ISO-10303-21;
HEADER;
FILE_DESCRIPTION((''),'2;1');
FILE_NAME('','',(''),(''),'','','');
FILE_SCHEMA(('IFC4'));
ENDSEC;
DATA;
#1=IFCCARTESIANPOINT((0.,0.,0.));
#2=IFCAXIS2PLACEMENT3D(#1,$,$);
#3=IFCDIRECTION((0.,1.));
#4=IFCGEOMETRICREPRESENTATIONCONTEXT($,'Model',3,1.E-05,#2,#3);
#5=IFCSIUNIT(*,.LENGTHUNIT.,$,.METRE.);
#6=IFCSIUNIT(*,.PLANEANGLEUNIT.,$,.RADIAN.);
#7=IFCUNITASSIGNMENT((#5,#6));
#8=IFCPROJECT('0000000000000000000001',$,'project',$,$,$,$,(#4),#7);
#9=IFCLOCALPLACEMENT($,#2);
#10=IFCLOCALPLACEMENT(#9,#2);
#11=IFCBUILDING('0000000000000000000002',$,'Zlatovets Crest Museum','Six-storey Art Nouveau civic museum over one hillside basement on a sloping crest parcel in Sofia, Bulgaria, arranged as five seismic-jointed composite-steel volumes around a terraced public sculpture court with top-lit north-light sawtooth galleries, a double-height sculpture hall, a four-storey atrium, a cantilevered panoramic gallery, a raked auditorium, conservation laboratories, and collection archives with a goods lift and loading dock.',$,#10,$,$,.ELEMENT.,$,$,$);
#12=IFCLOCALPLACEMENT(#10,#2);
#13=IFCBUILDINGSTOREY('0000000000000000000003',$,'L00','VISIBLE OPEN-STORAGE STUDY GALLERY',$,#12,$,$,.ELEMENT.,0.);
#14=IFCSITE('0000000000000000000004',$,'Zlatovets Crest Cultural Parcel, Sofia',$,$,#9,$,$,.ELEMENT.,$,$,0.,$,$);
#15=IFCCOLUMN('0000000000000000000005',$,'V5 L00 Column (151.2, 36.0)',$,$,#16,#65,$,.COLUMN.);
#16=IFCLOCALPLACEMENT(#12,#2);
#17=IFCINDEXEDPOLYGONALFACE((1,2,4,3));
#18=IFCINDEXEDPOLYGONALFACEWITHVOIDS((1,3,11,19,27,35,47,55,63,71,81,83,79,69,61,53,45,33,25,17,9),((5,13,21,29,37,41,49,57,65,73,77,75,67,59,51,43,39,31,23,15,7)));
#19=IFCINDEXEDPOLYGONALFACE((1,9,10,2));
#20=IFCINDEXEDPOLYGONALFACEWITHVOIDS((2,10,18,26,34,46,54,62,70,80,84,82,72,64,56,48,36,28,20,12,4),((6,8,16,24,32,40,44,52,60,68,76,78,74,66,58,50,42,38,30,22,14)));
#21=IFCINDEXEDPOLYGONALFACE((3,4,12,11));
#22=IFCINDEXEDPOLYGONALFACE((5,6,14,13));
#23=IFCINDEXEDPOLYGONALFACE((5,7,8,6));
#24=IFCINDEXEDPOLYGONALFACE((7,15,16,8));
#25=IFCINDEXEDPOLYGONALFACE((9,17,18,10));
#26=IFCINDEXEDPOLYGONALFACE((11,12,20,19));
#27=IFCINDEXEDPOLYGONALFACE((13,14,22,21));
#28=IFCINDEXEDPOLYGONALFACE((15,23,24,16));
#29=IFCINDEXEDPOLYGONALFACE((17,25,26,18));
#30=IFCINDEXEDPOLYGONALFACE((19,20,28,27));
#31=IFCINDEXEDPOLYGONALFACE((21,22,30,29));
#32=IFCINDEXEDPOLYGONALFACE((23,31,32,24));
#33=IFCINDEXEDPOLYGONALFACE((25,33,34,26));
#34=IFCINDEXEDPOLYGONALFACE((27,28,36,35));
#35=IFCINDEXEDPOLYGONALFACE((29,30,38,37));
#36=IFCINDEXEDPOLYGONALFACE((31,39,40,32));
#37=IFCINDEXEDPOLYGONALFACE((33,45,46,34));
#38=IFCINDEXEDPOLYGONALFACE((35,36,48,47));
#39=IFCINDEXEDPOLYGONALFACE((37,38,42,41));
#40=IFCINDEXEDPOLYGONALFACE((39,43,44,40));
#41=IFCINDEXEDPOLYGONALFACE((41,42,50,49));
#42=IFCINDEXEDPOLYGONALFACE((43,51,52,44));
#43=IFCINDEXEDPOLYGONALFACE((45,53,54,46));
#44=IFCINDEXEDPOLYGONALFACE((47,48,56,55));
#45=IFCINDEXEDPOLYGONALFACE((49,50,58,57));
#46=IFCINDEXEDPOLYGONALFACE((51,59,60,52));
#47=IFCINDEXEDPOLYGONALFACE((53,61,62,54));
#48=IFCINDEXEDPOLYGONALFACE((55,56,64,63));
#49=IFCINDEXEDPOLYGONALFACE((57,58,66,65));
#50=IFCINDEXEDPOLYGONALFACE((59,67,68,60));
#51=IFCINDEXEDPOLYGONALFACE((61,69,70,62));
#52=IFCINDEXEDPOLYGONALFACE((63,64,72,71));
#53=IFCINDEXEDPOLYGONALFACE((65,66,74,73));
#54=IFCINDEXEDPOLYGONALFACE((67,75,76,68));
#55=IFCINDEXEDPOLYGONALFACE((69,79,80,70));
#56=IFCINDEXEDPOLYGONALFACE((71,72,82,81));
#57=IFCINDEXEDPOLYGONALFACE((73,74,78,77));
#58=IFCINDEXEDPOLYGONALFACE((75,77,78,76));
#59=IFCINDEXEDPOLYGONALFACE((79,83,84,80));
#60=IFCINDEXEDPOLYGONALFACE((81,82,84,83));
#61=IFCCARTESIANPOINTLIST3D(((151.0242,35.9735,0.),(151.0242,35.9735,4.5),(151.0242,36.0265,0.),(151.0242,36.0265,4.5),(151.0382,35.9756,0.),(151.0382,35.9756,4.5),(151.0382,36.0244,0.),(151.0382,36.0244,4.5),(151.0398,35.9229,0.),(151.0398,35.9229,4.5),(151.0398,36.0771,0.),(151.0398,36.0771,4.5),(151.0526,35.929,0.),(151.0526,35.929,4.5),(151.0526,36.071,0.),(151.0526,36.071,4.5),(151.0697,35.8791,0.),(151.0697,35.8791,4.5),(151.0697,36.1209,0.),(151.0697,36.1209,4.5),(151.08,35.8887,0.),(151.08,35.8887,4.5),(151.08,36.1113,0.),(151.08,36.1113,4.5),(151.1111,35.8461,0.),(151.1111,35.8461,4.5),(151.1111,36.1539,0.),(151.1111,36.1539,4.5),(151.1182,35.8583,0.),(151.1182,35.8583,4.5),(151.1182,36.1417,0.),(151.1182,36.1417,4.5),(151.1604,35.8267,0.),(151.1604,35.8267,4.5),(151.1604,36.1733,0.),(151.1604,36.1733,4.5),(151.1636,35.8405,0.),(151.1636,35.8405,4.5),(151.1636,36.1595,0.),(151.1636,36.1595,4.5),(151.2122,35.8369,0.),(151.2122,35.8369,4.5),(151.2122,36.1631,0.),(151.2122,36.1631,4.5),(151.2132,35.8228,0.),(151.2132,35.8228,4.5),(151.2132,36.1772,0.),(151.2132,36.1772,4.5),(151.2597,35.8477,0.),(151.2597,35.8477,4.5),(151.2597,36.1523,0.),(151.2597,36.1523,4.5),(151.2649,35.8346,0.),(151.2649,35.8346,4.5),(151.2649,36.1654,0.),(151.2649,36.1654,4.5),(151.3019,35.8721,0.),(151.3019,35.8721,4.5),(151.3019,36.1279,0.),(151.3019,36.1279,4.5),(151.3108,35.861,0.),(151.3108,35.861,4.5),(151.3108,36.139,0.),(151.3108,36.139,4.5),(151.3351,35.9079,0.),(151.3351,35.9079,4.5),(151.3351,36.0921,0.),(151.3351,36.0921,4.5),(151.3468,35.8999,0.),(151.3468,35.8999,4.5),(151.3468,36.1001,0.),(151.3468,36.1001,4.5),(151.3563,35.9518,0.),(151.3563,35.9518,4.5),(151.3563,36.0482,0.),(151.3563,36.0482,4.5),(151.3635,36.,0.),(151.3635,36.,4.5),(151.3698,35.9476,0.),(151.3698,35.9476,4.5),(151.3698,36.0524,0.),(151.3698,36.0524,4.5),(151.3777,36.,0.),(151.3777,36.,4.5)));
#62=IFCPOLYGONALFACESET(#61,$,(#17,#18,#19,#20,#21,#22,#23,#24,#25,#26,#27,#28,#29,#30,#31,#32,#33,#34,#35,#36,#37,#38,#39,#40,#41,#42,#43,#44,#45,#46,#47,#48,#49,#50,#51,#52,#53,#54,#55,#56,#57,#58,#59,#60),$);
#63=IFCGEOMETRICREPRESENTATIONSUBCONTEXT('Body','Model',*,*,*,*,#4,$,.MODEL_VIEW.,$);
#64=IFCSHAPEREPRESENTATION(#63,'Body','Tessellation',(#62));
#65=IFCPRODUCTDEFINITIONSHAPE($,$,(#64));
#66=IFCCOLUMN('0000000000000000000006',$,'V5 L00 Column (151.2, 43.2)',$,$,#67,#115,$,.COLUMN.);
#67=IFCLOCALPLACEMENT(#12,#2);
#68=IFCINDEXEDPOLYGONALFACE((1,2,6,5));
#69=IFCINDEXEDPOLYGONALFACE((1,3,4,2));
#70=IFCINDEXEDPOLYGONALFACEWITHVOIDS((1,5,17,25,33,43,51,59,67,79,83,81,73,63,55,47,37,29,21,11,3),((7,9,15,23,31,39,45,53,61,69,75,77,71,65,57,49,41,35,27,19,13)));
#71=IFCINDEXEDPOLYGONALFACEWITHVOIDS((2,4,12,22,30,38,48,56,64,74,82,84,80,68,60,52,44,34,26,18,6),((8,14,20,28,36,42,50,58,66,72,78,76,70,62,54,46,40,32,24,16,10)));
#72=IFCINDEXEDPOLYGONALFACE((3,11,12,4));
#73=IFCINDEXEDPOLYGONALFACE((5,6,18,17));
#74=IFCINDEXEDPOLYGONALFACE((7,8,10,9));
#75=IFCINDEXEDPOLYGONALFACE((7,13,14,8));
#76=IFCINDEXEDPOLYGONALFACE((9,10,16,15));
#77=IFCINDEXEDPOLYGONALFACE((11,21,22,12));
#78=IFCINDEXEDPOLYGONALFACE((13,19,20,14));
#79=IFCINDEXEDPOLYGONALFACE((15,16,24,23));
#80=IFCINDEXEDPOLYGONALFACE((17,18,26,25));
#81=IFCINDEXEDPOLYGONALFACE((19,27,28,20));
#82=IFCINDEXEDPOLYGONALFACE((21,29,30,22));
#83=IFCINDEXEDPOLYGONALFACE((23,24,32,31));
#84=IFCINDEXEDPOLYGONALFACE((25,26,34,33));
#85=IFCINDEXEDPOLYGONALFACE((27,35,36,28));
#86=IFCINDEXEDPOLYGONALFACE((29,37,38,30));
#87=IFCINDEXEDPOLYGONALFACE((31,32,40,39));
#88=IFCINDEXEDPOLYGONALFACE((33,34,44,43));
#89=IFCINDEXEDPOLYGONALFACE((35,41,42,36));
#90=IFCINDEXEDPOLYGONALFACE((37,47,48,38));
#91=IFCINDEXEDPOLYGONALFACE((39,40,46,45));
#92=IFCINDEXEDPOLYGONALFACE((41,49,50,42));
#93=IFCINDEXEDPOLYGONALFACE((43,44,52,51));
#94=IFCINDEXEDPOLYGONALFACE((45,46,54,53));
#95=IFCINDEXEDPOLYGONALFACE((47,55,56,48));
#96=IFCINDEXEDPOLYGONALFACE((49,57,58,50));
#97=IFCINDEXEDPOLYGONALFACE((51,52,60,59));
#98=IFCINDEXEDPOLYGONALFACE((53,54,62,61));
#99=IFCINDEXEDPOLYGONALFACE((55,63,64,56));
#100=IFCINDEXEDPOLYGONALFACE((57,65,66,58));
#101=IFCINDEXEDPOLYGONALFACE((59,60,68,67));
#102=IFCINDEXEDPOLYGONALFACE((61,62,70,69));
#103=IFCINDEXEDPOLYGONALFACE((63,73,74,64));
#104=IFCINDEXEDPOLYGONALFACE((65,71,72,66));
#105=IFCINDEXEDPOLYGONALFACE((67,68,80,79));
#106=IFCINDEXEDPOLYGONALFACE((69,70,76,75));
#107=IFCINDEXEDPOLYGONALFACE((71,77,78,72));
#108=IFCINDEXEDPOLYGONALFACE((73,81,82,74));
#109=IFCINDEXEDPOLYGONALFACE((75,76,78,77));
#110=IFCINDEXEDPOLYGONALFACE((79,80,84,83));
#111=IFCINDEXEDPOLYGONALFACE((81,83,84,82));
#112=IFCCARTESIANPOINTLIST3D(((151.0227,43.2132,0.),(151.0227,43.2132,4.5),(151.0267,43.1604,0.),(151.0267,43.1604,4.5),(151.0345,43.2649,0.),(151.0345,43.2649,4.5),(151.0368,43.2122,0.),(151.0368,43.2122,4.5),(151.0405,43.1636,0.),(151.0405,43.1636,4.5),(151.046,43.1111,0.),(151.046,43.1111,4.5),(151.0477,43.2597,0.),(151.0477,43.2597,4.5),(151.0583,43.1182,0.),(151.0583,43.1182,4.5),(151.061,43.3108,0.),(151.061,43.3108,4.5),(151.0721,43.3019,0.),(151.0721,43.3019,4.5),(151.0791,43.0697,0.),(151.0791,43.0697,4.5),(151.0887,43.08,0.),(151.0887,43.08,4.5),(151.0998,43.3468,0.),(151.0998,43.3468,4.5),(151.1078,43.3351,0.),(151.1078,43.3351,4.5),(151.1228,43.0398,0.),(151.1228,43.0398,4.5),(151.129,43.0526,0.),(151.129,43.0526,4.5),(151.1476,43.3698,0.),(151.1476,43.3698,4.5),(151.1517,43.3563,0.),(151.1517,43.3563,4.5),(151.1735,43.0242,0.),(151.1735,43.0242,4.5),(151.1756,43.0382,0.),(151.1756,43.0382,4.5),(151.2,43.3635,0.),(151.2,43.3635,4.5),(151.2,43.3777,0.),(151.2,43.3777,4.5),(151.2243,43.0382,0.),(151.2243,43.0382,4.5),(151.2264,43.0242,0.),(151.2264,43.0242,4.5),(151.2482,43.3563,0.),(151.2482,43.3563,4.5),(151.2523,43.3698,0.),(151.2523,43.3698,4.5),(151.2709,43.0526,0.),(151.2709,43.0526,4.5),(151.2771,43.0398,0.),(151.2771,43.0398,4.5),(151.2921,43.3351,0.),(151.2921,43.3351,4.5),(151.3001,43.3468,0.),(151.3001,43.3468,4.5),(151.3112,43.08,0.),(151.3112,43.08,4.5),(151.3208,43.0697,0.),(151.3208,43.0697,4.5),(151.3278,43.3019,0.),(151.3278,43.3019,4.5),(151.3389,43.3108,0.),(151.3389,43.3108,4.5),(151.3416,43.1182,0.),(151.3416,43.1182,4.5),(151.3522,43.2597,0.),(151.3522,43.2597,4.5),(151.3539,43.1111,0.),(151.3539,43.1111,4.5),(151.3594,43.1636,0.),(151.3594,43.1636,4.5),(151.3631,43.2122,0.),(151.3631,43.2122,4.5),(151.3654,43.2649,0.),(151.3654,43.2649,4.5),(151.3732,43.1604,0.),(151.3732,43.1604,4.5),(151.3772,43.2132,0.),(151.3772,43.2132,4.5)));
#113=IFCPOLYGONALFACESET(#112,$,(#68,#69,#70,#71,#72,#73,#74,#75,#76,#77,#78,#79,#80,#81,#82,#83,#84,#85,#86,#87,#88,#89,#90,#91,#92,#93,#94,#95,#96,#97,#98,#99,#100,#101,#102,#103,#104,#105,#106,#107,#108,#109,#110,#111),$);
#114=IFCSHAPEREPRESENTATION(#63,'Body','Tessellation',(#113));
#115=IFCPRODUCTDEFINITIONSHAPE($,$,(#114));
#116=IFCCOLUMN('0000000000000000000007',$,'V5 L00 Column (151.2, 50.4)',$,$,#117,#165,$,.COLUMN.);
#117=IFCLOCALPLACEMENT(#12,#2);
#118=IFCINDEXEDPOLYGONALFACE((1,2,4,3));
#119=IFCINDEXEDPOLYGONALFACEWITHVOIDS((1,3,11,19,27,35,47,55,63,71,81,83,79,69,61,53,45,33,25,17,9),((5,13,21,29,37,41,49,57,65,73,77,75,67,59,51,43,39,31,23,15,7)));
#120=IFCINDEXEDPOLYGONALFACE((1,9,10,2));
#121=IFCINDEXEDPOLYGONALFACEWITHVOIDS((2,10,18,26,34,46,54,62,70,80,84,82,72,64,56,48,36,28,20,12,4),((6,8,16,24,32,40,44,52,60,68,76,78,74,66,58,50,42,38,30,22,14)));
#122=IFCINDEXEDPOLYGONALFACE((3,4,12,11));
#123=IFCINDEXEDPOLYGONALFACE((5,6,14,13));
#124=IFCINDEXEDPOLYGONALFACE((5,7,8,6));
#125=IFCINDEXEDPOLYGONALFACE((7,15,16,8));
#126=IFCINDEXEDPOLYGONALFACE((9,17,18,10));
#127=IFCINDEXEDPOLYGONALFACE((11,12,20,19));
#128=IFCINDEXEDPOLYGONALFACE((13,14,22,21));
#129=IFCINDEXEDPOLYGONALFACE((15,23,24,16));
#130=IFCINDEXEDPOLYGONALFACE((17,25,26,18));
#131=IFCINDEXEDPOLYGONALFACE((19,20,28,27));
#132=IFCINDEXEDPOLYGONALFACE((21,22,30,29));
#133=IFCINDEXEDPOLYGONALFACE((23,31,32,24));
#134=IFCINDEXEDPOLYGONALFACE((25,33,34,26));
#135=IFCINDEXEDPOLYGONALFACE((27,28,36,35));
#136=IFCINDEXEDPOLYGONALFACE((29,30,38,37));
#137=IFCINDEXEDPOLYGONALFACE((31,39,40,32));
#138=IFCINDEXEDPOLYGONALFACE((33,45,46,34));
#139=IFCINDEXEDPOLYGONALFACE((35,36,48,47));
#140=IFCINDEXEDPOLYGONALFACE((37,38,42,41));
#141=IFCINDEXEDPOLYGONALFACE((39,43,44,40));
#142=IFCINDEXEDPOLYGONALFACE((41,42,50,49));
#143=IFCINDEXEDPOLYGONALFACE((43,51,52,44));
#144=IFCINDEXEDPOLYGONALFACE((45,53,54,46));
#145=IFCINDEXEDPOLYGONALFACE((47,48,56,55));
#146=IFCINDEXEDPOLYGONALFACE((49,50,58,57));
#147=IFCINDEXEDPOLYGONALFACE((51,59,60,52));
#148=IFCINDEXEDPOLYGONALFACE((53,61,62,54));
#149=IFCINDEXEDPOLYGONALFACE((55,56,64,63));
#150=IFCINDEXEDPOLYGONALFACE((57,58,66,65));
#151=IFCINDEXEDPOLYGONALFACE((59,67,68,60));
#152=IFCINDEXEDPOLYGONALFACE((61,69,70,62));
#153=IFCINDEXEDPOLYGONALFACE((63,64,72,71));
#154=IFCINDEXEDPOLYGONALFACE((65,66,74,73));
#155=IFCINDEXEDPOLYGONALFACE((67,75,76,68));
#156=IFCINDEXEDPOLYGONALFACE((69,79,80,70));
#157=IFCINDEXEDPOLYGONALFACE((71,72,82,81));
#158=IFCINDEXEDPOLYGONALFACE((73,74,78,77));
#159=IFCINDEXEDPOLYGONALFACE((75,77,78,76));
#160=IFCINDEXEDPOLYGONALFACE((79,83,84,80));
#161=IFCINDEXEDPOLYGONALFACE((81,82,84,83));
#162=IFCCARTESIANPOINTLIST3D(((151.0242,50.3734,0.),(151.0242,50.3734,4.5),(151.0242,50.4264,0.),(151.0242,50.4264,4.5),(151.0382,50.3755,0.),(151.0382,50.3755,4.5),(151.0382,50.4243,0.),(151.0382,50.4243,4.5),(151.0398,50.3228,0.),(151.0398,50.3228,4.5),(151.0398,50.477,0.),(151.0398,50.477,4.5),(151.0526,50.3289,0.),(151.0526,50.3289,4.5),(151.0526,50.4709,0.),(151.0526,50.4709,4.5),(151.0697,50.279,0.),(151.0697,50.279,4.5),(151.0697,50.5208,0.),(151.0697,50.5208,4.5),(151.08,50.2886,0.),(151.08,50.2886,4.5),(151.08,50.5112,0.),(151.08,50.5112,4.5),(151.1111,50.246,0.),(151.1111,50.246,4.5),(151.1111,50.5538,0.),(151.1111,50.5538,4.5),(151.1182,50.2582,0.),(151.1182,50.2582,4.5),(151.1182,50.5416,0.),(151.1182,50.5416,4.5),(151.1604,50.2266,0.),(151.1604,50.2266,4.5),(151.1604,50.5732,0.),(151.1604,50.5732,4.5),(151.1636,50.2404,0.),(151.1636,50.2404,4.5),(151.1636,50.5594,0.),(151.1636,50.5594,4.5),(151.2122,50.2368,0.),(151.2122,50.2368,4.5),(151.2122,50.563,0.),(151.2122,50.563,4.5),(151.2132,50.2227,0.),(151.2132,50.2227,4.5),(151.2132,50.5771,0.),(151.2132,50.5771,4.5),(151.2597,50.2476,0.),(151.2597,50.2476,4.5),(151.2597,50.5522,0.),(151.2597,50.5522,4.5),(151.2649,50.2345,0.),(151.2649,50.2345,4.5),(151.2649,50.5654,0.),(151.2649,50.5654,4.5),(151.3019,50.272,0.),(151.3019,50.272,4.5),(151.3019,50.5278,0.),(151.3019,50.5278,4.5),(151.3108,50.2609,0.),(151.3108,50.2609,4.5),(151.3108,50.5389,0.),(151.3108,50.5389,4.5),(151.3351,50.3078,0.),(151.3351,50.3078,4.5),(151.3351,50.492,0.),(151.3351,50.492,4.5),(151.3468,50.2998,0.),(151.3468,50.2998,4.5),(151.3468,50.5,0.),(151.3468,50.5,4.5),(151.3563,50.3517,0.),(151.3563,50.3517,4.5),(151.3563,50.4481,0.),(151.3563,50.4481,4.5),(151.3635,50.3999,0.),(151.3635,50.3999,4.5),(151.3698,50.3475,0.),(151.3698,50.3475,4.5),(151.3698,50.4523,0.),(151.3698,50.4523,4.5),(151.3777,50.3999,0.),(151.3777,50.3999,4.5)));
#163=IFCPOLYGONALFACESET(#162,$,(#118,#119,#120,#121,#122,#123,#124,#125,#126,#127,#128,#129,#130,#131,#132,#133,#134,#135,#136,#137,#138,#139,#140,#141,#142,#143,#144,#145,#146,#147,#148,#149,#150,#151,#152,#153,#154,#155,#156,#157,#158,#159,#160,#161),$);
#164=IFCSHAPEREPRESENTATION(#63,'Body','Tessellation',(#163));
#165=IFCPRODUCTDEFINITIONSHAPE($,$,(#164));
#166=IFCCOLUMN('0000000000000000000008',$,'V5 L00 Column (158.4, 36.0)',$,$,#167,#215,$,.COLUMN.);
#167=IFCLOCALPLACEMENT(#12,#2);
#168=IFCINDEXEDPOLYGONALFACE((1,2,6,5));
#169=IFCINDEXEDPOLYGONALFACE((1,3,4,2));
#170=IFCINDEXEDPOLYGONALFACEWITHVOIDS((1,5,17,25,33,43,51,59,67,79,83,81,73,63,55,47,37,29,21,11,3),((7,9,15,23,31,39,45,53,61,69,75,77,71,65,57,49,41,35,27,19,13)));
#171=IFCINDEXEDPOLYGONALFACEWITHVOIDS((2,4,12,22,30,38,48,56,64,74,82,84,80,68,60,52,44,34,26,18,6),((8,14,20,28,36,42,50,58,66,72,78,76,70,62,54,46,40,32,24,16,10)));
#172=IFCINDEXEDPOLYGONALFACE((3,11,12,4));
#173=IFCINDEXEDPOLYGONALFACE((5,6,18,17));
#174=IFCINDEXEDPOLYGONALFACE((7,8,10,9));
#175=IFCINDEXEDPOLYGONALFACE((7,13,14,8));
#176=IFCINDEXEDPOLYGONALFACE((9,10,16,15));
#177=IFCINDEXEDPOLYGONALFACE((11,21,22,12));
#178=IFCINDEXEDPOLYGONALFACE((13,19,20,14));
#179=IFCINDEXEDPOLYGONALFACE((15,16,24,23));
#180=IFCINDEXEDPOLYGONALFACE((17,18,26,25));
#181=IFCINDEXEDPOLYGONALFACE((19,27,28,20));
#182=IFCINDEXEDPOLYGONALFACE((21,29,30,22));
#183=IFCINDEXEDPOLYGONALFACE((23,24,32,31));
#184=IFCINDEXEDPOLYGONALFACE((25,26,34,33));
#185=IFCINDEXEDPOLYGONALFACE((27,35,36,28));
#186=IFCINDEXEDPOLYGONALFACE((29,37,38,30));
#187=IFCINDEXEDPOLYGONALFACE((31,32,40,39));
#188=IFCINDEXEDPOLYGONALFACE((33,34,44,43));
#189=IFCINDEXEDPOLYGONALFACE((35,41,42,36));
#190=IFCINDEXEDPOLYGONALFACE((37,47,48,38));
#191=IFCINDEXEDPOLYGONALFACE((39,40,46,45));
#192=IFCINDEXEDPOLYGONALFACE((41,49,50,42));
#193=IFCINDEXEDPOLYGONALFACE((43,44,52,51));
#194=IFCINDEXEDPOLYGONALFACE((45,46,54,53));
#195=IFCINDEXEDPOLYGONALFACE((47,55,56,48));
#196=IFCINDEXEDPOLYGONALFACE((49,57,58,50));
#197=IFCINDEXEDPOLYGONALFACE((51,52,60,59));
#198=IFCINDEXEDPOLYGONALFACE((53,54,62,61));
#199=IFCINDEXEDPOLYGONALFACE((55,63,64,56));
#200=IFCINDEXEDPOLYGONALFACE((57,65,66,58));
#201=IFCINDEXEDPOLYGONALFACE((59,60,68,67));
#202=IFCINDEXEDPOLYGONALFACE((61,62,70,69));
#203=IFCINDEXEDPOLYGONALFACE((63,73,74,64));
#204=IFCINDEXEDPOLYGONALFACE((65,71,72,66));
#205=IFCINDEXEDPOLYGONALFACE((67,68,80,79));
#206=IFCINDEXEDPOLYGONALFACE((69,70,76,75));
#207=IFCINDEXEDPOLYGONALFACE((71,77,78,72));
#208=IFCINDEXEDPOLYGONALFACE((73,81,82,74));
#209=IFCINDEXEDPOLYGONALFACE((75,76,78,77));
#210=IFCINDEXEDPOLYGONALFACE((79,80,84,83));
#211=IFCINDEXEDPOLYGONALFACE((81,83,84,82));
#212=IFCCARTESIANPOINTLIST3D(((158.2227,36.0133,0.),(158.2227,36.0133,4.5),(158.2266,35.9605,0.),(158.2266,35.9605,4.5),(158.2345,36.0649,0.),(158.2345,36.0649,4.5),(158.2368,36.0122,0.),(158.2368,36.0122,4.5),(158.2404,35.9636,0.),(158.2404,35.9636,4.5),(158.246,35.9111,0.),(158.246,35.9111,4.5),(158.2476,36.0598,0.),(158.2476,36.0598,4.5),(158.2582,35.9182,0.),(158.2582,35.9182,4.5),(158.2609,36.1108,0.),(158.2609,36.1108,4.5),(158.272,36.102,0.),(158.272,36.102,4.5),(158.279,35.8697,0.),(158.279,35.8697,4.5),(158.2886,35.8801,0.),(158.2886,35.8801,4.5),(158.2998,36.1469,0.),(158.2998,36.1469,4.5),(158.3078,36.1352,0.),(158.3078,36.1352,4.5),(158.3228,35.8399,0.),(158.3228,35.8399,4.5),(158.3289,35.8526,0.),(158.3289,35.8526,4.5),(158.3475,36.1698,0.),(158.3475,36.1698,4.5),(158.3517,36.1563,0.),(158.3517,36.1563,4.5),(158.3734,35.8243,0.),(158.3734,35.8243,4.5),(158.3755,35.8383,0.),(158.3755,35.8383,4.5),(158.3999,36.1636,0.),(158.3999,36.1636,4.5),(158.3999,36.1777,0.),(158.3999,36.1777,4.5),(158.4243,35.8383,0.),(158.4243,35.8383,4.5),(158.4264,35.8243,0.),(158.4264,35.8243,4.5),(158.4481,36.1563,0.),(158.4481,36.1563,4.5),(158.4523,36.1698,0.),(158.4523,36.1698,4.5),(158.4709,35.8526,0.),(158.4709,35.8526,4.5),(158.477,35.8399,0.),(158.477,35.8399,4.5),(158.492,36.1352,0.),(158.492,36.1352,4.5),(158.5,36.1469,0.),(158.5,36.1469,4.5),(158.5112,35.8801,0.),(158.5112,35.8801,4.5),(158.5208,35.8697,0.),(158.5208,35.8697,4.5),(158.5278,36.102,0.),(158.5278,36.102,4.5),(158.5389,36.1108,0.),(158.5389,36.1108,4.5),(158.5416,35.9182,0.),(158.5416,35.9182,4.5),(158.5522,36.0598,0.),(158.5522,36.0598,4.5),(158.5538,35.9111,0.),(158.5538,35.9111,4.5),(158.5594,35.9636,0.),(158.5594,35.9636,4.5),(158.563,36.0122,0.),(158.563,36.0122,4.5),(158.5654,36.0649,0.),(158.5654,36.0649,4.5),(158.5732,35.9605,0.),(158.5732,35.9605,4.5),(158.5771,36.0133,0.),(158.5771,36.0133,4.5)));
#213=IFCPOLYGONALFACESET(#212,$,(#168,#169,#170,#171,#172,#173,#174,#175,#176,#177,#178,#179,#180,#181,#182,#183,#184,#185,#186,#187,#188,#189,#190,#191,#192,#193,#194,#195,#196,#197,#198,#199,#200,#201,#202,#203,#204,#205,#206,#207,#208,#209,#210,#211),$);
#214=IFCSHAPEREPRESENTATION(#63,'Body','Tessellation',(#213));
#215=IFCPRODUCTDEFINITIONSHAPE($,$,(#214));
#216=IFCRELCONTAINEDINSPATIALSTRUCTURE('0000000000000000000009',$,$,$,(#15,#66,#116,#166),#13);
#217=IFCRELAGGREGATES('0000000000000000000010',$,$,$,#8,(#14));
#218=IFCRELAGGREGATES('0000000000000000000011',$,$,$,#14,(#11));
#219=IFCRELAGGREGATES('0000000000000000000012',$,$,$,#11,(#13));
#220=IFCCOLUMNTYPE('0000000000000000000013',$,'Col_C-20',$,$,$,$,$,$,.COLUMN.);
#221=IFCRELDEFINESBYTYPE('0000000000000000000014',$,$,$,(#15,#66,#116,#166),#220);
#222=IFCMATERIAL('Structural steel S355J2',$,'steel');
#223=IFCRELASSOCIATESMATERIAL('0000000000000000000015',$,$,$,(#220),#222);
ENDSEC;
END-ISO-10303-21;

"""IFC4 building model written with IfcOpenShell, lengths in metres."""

from ifc_helpers import new_model, si_unit, direction, frame, origin, origin_2d, place, context, subcontext, project, spatial, hollow_circle, extrude, material, material_profile, profile_set, type_object, element, save


model = new_model("IFC4")

# Units and contexts
model_context = context("Model", 3, precision=1e-05, world=origin(), true_north=direction((0.0, 1.0)))
body_context = subcontext(model_context, "Body", "Model", "MODEL_VIEW")
ifc_project = project(units=[si_unit("LENGTHUNIT", "METRE"), si_unit("PLANEANGLEUNIT", "RADIAN")], contexts=[model_context])

# Site, building, storey
site_placement = place(None, origin())
site = spatial("IfcSite", under=ifc_project, at=site_placement, Name="Zlatovets Crest Cultural Parcel, Sofia", CompositionType="ELEMENT", RefElevation=0.0)
building_placement = place(site_placement, origin())
building = spatial("IfcBuilding", under=site, at=building_placement, Name="Zlatovets Crest Museum", Description="Six-storey Art Nouveau civic museum over one hillside basement on a sloping crest parcel in Sofia, Bulgaria, arranged as five seismic-jointed composite-steel volumes around a terraced public sculpture court with top-lit north-light sawtooth galleries, a double-height sculpture hall, a four-storey atrium, a cantilevered panoramic gallery, a raked auditorium, conservation laboratories, and collection archives with a goods lift and loading dock.", CompositionType="ELEMENT")
storey_placement = place(building_placement, origin())
storey = spatial("IfcBuildingStorey", under=building, at=storey_placement, Name="L00", Description="VISIBLE OPEN-STORAGE STUDY GALLERY", CompositionType="ELEMENT", Elevation=0.0)

# Columns
ifc_material_1 = material(Name="Structural steel S355J2", Category="steel")
ifc_material_profile_1 = material_profile(ifc_material_1, hollow_circle(Radius=0.1777, WallThickness=0.0142, at=origin_2d()), Name="CHS 355.6x14.2")
ifc_profile_set_1 = profile_set([ifc_material_profile_1], Name="Structural steel S355J2")
column_type = type_object("IfcColumnType", Name="Col_C-20", PredefinedType="COLUMN", material=ifc_profile_set_1)
for number, where, z_axis, x_axis, name in (
    (1, (151.2, 36.0, 0.0), (0.0, 0.0, 1.0), (1.0, 0.0, 0.0), "V5 L00 Column (151.2, 36.0)"),
    (2, (151.2, 43.2, 0.0), (0.0, 0.0, 1.0), (0.0, 1.0, 0.0), "V5 L00 Column (151.2, 43.2)"),
    (3, (151.2, 50.3999, 0.0), (0.0, 0.0, 1.0), (1.0, 0.0, 0.0), "V5 L00 Column (151.2, 50.4)"),
    (4, (158.3999, 36.0, 0.0), (0.0, 0.0, 1.0), (0.0, 1.0, 0.0), "V5 L00 Column (158.4, 36.0)"),
):
    element("IfcColumn", number, at=place(storey_placement, frame(where, z_axis=z_axis, x_axis=x_axis)), inside=storey, type_object=column_type, Name=name, PredefinedType="COLUMN", context=body_context, shape_type="SweptSolid", body=[
        extrude(hollow_circle(Radius=0.1777, WallThickness=0.0142, at=origin_2d()), origin(), (0.0, 0.0, 1.0), 4.5),
    ])

save(model, "model.ifc")
